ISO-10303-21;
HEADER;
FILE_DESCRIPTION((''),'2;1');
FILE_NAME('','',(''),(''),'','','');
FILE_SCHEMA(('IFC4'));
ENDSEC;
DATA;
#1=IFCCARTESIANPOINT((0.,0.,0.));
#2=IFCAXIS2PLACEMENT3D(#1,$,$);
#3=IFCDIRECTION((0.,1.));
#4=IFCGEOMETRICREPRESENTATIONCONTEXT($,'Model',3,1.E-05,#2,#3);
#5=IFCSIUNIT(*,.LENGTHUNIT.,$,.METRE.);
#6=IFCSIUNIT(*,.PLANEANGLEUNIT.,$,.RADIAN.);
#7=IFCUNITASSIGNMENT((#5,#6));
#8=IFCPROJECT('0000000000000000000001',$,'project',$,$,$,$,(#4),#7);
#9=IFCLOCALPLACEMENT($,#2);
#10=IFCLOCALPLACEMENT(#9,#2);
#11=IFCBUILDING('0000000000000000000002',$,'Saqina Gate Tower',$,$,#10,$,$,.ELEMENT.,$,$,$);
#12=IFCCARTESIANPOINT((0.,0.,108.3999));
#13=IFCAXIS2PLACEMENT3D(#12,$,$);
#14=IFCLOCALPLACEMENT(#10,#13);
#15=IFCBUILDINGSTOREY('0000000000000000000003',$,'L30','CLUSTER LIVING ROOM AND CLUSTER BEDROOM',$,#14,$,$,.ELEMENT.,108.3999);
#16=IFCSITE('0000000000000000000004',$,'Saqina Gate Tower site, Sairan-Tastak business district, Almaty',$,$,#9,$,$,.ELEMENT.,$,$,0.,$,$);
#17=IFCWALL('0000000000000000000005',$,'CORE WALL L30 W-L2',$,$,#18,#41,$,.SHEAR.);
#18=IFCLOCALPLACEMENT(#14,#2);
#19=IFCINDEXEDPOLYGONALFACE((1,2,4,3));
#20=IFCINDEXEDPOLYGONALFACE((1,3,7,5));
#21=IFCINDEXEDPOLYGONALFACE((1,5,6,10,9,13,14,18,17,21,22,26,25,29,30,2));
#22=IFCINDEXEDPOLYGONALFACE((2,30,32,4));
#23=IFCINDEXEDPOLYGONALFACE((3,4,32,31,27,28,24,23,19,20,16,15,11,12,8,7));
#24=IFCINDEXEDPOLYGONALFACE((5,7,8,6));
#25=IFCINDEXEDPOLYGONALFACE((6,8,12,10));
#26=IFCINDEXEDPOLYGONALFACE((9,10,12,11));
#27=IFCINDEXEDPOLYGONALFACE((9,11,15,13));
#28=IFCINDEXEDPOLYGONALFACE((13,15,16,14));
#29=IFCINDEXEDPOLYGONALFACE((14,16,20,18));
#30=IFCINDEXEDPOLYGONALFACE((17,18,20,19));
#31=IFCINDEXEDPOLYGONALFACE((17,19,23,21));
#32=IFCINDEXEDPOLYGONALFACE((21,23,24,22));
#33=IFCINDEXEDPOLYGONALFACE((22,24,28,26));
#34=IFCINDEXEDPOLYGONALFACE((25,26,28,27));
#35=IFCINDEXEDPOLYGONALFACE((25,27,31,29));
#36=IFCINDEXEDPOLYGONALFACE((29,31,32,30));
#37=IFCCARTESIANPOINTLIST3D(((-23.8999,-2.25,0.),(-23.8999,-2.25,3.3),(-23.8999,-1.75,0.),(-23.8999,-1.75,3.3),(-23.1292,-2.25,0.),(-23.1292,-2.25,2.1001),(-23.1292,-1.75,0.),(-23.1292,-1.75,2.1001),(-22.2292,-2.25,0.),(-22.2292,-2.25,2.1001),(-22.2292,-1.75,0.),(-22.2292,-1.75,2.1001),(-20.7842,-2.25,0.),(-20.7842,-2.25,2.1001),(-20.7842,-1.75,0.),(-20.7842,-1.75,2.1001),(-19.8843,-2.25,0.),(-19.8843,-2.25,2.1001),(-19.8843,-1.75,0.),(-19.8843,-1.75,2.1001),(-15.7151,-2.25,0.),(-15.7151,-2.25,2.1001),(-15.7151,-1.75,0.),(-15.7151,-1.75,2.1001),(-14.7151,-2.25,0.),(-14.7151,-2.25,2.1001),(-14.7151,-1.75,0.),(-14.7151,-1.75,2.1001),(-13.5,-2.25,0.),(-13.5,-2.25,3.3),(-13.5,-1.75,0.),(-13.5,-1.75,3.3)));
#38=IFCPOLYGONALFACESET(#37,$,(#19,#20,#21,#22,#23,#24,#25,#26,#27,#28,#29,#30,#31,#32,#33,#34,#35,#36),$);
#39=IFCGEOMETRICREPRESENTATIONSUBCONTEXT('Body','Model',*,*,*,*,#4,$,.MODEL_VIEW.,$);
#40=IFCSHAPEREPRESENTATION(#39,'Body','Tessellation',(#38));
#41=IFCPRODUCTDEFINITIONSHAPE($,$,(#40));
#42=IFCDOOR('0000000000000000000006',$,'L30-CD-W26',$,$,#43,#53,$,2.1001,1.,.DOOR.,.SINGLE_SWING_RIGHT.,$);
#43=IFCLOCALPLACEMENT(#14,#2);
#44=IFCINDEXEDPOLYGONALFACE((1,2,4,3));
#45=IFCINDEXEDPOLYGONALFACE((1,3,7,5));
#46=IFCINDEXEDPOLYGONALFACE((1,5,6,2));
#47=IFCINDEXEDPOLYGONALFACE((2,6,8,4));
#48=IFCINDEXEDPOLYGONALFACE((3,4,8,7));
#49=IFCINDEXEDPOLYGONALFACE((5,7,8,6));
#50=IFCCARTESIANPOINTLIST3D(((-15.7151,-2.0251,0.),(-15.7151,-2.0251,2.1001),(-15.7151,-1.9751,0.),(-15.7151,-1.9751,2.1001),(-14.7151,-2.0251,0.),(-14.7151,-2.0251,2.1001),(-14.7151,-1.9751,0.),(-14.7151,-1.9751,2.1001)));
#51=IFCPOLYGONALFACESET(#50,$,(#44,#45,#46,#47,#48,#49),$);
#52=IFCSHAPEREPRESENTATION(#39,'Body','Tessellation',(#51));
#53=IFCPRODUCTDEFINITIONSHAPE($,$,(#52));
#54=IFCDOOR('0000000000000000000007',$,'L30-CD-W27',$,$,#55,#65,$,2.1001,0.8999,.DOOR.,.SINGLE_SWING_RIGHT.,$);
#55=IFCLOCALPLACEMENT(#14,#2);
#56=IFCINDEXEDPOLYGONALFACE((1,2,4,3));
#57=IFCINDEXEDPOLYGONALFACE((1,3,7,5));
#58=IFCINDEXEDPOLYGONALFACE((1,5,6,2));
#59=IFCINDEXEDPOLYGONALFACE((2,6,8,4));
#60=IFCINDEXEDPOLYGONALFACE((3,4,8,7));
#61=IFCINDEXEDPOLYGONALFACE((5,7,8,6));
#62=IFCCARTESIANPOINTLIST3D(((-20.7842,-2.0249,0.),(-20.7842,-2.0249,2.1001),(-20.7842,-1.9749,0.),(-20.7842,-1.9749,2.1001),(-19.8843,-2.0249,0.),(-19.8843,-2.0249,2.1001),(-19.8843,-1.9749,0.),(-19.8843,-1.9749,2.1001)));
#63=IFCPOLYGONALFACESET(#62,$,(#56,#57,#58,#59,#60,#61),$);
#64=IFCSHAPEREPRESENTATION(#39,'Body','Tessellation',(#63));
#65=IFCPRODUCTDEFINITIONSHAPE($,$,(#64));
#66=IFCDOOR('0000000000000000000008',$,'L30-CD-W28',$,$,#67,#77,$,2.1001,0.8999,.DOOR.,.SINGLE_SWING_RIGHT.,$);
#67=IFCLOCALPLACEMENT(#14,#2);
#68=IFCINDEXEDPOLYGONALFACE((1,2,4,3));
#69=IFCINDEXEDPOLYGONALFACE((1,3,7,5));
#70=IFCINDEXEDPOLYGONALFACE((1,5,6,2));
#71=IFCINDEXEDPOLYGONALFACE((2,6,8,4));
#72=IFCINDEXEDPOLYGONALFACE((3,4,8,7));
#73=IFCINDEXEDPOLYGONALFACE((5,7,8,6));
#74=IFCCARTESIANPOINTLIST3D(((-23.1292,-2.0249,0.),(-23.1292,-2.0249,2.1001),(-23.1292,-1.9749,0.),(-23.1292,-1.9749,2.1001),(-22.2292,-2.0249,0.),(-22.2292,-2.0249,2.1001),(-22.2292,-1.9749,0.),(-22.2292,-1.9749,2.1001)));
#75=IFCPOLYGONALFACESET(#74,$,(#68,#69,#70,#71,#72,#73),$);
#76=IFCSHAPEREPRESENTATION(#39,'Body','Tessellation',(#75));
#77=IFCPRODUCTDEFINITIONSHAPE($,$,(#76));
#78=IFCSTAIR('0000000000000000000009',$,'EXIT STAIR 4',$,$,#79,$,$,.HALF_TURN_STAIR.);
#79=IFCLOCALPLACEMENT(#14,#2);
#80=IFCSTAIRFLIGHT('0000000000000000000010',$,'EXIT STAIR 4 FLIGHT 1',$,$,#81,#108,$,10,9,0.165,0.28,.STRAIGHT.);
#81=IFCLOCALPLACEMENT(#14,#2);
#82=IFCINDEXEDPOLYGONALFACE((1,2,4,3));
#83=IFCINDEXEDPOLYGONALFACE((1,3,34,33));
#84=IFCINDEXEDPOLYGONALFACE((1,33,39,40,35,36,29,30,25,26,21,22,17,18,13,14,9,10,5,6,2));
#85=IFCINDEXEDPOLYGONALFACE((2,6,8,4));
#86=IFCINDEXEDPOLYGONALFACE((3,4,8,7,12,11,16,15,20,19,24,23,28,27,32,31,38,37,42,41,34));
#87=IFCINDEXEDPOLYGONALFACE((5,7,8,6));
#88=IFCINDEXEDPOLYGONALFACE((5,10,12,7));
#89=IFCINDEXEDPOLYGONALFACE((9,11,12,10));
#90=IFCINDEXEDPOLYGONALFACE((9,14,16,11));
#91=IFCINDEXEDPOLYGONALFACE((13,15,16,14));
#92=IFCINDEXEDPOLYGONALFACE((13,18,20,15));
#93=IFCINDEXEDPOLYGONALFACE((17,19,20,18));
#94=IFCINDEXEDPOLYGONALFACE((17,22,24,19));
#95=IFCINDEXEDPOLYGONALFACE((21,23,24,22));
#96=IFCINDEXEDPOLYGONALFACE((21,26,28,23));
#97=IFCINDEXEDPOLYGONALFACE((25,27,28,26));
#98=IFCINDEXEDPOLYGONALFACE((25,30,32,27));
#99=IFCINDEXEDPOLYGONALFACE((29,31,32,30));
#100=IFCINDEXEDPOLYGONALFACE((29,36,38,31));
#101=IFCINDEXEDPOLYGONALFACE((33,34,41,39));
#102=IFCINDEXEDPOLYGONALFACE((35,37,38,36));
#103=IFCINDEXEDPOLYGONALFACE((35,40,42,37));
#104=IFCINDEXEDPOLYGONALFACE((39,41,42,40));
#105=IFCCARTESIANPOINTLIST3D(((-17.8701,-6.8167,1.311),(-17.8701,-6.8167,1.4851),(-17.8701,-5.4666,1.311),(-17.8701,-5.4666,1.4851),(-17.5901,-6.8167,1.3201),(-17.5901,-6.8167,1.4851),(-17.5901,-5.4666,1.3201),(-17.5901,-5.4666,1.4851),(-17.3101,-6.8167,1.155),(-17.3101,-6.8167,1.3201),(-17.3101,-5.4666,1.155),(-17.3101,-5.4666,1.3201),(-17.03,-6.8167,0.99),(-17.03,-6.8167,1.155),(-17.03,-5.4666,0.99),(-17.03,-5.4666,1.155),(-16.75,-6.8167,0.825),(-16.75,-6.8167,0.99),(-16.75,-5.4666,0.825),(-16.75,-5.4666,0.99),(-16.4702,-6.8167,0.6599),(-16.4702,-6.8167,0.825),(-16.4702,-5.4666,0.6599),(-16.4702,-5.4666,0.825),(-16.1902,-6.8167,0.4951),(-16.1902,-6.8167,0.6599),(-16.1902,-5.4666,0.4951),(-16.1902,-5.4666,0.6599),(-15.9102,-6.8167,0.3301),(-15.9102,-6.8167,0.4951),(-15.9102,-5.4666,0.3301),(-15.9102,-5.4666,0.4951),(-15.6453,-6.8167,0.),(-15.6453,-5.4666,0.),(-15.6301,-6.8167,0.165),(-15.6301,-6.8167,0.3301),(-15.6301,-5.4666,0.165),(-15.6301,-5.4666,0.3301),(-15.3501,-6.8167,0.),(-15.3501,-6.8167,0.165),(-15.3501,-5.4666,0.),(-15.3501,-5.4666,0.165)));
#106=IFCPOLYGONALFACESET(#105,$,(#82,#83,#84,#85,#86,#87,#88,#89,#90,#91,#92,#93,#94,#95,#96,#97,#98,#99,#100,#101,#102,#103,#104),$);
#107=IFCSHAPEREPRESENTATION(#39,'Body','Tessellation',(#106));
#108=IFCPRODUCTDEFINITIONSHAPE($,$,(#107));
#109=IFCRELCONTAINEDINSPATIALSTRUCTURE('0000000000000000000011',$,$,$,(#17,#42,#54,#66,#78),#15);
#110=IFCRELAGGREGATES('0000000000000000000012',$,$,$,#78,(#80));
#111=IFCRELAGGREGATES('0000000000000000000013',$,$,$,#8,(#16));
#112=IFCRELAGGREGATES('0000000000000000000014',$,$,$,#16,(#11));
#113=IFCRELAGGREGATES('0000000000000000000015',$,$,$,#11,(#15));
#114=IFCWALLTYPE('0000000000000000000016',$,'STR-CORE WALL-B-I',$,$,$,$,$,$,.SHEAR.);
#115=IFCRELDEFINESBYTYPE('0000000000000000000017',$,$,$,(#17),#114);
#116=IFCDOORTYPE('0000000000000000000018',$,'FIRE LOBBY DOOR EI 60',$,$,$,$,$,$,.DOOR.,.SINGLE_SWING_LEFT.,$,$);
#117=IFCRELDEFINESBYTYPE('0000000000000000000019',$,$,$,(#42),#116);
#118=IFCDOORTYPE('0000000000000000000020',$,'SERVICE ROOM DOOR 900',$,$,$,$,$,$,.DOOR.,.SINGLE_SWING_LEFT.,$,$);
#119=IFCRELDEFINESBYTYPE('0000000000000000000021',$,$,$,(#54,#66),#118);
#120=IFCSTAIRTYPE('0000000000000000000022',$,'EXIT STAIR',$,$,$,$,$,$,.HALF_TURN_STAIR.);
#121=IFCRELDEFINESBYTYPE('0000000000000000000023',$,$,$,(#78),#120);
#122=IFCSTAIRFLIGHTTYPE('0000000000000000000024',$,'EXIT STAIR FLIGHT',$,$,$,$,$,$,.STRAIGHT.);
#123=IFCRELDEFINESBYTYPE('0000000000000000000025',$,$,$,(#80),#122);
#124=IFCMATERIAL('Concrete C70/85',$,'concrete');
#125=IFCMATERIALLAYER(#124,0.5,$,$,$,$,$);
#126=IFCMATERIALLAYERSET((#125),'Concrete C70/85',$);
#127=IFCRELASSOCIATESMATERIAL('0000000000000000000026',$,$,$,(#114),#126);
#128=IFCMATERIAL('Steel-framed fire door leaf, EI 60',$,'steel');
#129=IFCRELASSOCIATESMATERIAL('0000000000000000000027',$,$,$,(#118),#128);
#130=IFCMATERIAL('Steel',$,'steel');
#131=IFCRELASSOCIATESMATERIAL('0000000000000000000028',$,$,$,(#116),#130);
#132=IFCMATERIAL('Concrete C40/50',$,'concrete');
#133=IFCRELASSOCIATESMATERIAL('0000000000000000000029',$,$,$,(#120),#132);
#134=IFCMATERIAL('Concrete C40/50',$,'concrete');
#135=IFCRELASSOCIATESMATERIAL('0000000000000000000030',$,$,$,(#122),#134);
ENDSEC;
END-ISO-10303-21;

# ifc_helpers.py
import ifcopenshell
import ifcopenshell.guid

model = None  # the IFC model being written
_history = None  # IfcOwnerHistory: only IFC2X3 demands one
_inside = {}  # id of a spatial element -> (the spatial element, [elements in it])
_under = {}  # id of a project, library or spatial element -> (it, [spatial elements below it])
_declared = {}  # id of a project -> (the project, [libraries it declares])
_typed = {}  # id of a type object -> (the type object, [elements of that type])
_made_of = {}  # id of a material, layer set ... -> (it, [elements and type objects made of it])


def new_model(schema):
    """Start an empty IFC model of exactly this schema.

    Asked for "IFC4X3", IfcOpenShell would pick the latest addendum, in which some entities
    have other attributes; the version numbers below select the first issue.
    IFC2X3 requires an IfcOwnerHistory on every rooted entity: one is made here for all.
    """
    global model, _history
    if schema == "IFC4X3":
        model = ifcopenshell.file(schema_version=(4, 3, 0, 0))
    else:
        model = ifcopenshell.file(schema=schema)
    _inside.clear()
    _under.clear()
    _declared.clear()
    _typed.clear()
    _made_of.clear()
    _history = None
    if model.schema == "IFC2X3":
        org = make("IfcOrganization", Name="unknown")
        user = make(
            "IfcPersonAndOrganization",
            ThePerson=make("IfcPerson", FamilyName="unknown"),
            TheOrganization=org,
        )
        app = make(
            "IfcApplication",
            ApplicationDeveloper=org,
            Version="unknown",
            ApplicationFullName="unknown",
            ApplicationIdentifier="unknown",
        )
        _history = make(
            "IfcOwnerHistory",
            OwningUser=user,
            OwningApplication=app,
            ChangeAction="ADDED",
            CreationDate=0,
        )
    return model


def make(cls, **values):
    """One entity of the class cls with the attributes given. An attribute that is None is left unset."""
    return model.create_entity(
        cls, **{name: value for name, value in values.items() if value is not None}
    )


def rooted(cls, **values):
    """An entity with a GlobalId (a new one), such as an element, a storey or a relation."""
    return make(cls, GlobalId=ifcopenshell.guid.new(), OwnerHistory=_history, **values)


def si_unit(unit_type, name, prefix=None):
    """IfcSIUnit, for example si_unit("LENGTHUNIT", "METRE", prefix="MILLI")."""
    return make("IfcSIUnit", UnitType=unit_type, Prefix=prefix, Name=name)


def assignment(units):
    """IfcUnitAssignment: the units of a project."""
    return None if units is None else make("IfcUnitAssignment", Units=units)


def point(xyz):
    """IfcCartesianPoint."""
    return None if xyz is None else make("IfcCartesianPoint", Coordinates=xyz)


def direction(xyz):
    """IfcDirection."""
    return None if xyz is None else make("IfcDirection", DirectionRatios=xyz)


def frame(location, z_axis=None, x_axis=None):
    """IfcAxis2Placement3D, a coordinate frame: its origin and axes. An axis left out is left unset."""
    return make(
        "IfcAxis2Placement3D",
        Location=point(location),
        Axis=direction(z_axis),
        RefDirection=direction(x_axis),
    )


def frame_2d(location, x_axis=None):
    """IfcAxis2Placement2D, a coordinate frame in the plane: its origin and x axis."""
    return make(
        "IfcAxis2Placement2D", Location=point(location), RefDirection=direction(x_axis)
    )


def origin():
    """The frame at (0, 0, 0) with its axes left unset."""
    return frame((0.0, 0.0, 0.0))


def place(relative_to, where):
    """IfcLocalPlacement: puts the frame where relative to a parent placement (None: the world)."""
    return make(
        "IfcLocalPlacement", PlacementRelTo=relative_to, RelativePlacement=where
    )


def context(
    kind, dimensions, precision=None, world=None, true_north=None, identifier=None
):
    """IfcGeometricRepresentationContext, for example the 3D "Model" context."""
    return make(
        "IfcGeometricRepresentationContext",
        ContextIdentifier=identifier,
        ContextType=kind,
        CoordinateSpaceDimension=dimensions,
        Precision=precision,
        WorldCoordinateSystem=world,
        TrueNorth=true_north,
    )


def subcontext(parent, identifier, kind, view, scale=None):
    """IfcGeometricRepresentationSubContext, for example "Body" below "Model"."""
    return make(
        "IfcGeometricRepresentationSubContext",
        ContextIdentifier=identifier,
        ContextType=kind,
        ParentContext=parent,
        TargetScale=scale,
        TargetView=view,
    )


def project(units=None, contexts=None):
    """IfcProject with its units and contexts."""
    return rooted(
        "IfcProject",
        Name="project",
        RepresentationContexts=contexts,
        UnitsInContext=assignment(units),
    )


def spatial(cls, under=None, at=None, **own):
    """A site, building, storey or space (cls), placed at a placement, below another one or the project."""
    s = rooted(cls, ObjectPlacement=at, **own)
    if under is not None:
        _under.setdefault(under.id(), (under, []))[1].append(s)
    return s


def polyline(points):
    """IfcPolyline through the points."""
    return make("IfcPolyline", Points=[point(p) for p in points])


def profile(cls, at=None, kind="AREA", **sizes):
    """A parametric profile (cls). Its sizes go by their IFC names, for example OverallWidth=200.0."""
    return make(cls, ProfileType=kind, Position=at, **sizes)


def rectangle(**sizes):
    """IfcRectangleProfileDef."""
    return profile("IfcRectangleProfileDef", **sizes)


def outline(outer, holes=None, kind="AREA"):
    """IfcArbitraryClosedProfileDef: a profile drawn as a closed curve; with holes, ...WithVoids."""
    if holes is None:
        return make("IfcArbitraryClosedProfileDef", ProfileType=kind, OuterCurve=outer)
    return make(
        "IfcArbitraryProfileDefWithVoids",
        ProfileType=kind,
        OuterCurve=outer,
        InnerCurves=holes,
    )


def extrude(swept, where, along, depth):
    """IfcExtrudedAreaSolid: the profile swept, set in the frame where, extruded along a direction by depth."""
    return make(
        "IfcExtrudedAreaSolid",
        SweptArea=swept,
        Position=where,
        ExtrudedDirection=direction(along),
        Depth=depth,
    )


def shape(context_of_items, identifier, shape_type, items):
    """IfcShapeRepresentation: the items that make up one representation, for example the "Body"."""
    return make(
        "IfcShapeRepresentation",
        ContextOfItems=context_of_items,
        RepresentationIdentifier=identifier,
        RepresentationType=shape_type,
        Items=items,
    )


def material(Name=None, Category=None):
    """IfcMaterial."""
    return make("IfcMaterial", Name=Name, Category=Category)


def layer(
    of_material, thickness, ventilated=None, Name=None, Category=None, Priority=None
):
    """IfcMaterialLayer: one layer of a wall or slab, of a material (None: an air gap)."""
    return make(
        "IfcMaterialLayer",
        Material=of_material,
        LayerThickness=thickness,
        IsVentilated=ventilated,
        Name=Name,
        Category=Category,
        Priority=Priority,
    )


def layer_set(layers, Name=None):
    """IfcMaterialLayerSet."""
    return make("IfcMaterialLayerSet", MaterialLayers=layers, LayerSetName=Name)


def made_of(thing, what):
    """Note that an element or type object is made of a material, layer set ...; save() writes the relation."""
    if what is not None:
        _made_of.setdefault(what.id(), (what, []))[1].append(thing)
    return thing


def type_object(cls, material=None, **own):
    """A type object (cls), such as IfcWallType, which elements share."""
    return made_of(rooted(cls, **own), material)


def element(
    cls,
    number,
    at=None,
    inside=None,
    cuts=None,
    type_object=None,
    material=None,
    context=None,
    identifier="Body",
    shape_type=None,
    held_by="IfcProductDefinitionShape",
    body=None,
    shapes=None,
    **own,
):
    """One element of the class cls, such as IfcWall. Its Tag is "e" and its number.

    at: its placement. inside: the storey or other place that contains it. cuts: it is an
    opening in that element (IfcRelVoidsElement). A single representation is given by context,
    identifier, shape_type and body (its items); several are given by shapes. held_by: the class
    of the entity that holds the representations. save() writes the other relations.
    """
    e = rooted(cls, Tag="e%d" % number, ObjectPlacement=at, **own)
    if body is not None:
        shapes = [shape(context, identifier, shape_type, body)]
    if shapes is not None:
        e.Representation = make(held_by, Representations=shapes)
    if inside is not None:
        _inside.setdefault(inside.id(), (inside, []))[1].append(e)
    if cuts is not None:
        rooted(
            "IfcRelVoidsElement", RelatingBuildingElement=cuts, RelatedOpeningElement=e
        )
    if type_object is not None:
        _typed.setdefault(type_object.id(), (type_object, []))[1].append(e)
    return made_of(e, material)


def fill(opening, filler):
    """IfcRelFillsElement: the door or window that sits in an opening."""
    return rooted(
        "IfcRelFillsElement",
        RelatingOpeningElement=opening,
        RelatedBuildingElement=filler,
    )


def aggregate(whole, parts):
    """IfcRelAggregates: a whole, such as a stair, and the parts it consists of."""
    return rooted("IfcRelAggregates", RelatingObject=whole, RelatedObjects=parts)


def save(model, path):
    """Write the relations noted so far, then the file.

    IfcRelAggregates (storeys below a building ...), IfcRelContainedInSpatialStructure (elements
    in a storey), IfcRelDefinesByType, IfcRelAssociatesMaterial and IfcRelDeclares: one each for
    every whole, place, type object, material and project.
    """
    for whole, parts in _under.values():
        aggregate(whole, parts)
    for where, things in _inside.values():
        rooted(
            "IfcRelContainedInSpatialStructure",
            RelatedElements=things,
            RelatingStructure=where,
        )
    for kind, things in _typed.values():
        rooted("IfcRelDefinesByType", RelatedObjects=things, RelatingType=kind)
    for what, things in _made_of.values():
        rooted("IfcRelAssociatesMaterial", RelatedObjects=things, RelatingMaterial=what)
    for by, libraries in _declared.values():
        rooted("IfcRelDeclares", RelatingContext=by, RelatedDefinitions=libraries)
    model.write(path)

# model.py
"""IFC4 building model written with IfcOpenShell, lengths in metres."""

from ifc_helpers import new_model, si_unit, direction, frame, frame_2d, origin, place, context, subcontext, project, spatial, polyline, rectangle, outline, extrude, material, layer, layer_set, type_object, element, fill, aggregate, save


model = new_model("IFC4")

# Units and contexts
model_context = context("Model", 3, precision=1e-05, world=origin(), true_north=direction((0.0, 1.0)))
body_context = subcontext(model_context, "Body", "Model", "MODEL_VIEW")
ifc_project = project(units=[si_unit("LENGTHUNIT", "METRE"), si_unit("PLANEANGLEUNIT", "RADIAN")], contexts=[model_context])

# Site, building, storey
site_placement = place(None, origin())
site = spatial("IfcSite", under=ifc_project, at=site_placement, Name="Saqina Gate Tower site, Sairan-Tastak business district, Almaty", CompositionType="ELEMENT", RefElevation=0.0)
building_placement = place(site_placement, origin())
building = spatial("IfcBuilding", under=site, at=building_placement, Name="Saqina Gate Tower", CompositionType="ELEMENT")
storey_placement = place(building_placement, frame((0.0, 0.0, 108.3999)))
storey = spatial("IfcBuildingStorey", under=building, at=storey_placement, Name="L30", Description="CLUSTER LIVING ROOM AND CLUSTER BEDROOM", CompositionType="ELEMENT", Elevation=108.3999)

# Wall, openings, doors
ifc_material_1 = material(Name="Concrete C70/85", Category="concrete")
ifc_layer_1 = layer(ifc_material_1, 0.5)
ifc_layer_set_1 = layer_set([ifc_layer_1], Name="Concrete C70/85")
wall_type_1 = type_object("IfcWallType", Name="STR-CORE WALL-B-I", PredefinedType="SHEAR", material=ifc_layer_set_1)
ifc_material_2 = material(Name="Steel-framed fire door leaf, EI 60", Category="steel")
door_type_1 = type_object("IfcDoorType", Name="SERVICE ROOM DOOR 900", OperationType="SINGLE_SWING_LEFT", PredefinedType="DOOR", material=ifc_material_2)
wall_1_placement = place(storey_placement, frame((-13.5, -2.0, 0.0), z_axis=(0.0, 0.0, 1.0), x_axis=(-1.0, 0.0, 0.0)))
wall_1 = element("IfcWall", 1, at=wall_1_placement, inside=storey, type_object=wall_type_1, Name="CORE WALL L30 W-L2", PredefinedType="SHEAR", context=body_context, shape_type="SweptSolid", body=[
    extrude(rectangle(XDim=10.3999, YDim=0.5, at=frame_2d((5.2, 0.0))), origin(), (0.0, 0.0, 1.0), 3.3),
])
opening_1_placement = place(wall_1_placement, frame((1.2151, 0.0, 0.0)))
opening_1 = element("IfcOpeningElement", 2, at=opening_1_placement, cuts=wall_1, PredefinedType="OPENING", context=body_context, shape_type="SweptSolid", body=[
    extrude(rectangle(XDim=1.0, YDim=2.1001, at=frame_2d((0.5, 1.05))), frame((0.0, 0.262, 0.0), z_axis=(0.0, -1.0, 0.0), x_axis=(1.0, 0.0, 0.0)), (0.0, 0.0, 1.0), 0.5239),
])
opening_2_placement = place(wall_1_placement, frame((6.3843, 0.0, 0.0)))
opening_2 = element("IfcOpeningElement", 3, at=opening_2_placement, cuts=wall_1, PredefinedType="OPENING", context=body_context, shape_type="SweptSolid", body=[
    extrude(rectangle(XDim=0.8999, YDim=2.1001, at=frame_2d((0.45, 1.05))), frame((0.0, 0.262, 0.0), z_axis=(0.0, -1.0, 0.0), x_axis=(1.0, 0.0, 0.0)), (0.0, 0.0, 1.0), 0.5239),
])
opening_3_placement = place(wall_1_placement, frame((8.7292, 0.0, 0.0)))
opening_3 = element("IfcOpeningElement", 4, at=opening_3_placement, cuts=wall_1, PredefinedType="OPENING", context=body_context, shape_type="SweptSolid", body=[
    extrude(rectangle(XDim=0.8999, YDim=2.1001, at=frame_2d((0.45, 1.05))), frame((0.0, 0.262, 0.0), z_axis=(0.0, -1.0, 0.0), x_axis=(1.0, 0.0, 0.0)), (0.0, 0.0, 1.0), 0.5239),
])
ifc_material_3 = material(Name="Steel", Category="steel")
door_type_2 = type_object("IfcDoorType", Name="FIRE LOBBY DOOR EI 60", OperationType="SINGLE_SWING_LEFT", PredefinedType="DOOR", material=ifc_material_3)
door_1_placement = place(opening_1_placement, frame((1.0, 0.0, 0.0), z_axis=(0.0, 0.0, 1.0), x_axis=(-1.0, 0.0, 0.0)))
door_1 = element("IfcDoor", 5, at=door_1_placement, inside=storey, type_object=door_type_2, Name="L30-CD-W26", OperationType="SINGLE_SWING_RIGHT", OverallHeight=2.1001, OverallWidth=1.0, PredefinedType="DOOR", context=body_context, shape_type="SweptSolid", body=[
    extrude(rectangle(XDim=1.0, YDim=2.1001, at=frame_2d((0.5, 1.05))), frame((0.0, 0.0249, 0.0), z_axis=(0.0, -1.0, 0.0), x_axis=(1.0, 0.0, 0.0)), (0.0, 0.0, 1.0), 0.05),
])
fill(opening_1, door_1)
door_2_placement = place(opening_2_placement, origin())
door_2 = element("IfcDoor", 6, at=door_2_placement, inside=storey, type_object=door_type_1, Name="L30-CD-W27", OperationType="SINGLE_SWING_RIGHT", OverallHeight=2.1001, OverallWidth=0.8999, PredefinedType="DOOR", context=body_context, shape_type="SweptSolid", body=[
    extrude(rectangle(XDim=0.8999, YDim=2.1001, at=frame_2d((0.45, 1.05))), frame((0.0, 0.0249, 0.0), z_axis=(0.0, -1.0, 0.0), x_axis=(1.0, 0.0, 0.0)), (0.0, 0.0, 1.0), 0.05),
])
fill(opening_2, door_2)
door_3_placement = place(opening_3_placement, origin())
door_3 = element("IfcDoor", 7, at=door_3_placement, inside=storey, type_object=door_type_1, Name="L30-CD-W28", OperationType="SINGLE_SWING_RIGHT", OverallHeight=2.1001, OverallWidth=0.8999, PredefinedType="DOOR", context=body_context, shape_type="SweptSolid", body=[
    extrude(rectangle(XDim=0.8999, YDim=2.1001, at=frame_2d((0.45, 1.05))), frame((0.0, 0.0249, 0.0), z_axis=(0.0, -1.0, 0.0), x_axis=(1.0, 0.0, 0.0)), (0.0, 0.0, 1.0), 0.05),
])
fill(opening_3, door_3)

# Stair, stair flight
ifc_material_4 = material(Name="Concrete C40/50", Category="concrete")
stair_type = type_object("IfcStairType", Name="EXIT STAIR", PredefinedType="HALF_TURN_STAIR", material=ifc_material_4)
stair_placement = place(storey_placement, origin())
stair = element("IfcStair", 8, at=stair_placement, inside=storey, type_object=stair_type, Name="EXIT STAIR 4", PredefinedType="HALF_TURN_STAIR")
ifc_material_5 = material(Name="Concrete C40/50", Category="concrete")
stair_flight_type = type_object("IfcStairFlightType", Name="EXIT STAIR FLIGHT", PredefinedType="STRAIGHT", material=ifc_material_5)
stair_flight_placement = place(storey_placement, frame((-15.3501, -6.1416, 0.0), z_axis=(0.0, 0.0, 1.0), x_axis=(-1.0, 0.0, 0.0)))
stair_flight = element("IfcStairFlight", 9, at=stair_flight_placement, type_object=stair_flight_type, Name="EXIT STAIR 4 FLIGHT 1", NumberOfRisers=10, NumberOfTreads=9, PredefinedType="STRAIGHT", RiserHeight=0.165, TreadLength=0.28, context=body_context, shape_type="SweptSolid", body=[
    extrude(outline(polyline([(0.0, 0.0), (0.0, 0.165), (0.28, 0.165), (0.28, 0.3301), (0.5601, 0.3301), (0.5601, 0.4951), (0.8401, 0.4951), (0.8401, 0.6599), (1.1201, 0.6599), (1.1201, 0.825), (1.3999, 0.825), (1.3999, 0.99), (1.6799, 0.99), (1.6799, 1.155), (1.96, 1.155), (1.96, 1.3201), (2.24, 1.3201), (2.24, 1.4851), (2.52, 1.4851), (2.52, 1.6499), (2.52, 1.311), (0.2952, 0.0), (0.0, 0.0)])), frame((0.0, 0.675, 0.0), z_axis=(0.0, -1.0, 0.0), x_axis=(1.0, 0.0, 0.0)), (0.0, 0.0, 1.0), 1.3501),
])
aggregate(stair, [stair_flight])

save(model, "model.ifc")
